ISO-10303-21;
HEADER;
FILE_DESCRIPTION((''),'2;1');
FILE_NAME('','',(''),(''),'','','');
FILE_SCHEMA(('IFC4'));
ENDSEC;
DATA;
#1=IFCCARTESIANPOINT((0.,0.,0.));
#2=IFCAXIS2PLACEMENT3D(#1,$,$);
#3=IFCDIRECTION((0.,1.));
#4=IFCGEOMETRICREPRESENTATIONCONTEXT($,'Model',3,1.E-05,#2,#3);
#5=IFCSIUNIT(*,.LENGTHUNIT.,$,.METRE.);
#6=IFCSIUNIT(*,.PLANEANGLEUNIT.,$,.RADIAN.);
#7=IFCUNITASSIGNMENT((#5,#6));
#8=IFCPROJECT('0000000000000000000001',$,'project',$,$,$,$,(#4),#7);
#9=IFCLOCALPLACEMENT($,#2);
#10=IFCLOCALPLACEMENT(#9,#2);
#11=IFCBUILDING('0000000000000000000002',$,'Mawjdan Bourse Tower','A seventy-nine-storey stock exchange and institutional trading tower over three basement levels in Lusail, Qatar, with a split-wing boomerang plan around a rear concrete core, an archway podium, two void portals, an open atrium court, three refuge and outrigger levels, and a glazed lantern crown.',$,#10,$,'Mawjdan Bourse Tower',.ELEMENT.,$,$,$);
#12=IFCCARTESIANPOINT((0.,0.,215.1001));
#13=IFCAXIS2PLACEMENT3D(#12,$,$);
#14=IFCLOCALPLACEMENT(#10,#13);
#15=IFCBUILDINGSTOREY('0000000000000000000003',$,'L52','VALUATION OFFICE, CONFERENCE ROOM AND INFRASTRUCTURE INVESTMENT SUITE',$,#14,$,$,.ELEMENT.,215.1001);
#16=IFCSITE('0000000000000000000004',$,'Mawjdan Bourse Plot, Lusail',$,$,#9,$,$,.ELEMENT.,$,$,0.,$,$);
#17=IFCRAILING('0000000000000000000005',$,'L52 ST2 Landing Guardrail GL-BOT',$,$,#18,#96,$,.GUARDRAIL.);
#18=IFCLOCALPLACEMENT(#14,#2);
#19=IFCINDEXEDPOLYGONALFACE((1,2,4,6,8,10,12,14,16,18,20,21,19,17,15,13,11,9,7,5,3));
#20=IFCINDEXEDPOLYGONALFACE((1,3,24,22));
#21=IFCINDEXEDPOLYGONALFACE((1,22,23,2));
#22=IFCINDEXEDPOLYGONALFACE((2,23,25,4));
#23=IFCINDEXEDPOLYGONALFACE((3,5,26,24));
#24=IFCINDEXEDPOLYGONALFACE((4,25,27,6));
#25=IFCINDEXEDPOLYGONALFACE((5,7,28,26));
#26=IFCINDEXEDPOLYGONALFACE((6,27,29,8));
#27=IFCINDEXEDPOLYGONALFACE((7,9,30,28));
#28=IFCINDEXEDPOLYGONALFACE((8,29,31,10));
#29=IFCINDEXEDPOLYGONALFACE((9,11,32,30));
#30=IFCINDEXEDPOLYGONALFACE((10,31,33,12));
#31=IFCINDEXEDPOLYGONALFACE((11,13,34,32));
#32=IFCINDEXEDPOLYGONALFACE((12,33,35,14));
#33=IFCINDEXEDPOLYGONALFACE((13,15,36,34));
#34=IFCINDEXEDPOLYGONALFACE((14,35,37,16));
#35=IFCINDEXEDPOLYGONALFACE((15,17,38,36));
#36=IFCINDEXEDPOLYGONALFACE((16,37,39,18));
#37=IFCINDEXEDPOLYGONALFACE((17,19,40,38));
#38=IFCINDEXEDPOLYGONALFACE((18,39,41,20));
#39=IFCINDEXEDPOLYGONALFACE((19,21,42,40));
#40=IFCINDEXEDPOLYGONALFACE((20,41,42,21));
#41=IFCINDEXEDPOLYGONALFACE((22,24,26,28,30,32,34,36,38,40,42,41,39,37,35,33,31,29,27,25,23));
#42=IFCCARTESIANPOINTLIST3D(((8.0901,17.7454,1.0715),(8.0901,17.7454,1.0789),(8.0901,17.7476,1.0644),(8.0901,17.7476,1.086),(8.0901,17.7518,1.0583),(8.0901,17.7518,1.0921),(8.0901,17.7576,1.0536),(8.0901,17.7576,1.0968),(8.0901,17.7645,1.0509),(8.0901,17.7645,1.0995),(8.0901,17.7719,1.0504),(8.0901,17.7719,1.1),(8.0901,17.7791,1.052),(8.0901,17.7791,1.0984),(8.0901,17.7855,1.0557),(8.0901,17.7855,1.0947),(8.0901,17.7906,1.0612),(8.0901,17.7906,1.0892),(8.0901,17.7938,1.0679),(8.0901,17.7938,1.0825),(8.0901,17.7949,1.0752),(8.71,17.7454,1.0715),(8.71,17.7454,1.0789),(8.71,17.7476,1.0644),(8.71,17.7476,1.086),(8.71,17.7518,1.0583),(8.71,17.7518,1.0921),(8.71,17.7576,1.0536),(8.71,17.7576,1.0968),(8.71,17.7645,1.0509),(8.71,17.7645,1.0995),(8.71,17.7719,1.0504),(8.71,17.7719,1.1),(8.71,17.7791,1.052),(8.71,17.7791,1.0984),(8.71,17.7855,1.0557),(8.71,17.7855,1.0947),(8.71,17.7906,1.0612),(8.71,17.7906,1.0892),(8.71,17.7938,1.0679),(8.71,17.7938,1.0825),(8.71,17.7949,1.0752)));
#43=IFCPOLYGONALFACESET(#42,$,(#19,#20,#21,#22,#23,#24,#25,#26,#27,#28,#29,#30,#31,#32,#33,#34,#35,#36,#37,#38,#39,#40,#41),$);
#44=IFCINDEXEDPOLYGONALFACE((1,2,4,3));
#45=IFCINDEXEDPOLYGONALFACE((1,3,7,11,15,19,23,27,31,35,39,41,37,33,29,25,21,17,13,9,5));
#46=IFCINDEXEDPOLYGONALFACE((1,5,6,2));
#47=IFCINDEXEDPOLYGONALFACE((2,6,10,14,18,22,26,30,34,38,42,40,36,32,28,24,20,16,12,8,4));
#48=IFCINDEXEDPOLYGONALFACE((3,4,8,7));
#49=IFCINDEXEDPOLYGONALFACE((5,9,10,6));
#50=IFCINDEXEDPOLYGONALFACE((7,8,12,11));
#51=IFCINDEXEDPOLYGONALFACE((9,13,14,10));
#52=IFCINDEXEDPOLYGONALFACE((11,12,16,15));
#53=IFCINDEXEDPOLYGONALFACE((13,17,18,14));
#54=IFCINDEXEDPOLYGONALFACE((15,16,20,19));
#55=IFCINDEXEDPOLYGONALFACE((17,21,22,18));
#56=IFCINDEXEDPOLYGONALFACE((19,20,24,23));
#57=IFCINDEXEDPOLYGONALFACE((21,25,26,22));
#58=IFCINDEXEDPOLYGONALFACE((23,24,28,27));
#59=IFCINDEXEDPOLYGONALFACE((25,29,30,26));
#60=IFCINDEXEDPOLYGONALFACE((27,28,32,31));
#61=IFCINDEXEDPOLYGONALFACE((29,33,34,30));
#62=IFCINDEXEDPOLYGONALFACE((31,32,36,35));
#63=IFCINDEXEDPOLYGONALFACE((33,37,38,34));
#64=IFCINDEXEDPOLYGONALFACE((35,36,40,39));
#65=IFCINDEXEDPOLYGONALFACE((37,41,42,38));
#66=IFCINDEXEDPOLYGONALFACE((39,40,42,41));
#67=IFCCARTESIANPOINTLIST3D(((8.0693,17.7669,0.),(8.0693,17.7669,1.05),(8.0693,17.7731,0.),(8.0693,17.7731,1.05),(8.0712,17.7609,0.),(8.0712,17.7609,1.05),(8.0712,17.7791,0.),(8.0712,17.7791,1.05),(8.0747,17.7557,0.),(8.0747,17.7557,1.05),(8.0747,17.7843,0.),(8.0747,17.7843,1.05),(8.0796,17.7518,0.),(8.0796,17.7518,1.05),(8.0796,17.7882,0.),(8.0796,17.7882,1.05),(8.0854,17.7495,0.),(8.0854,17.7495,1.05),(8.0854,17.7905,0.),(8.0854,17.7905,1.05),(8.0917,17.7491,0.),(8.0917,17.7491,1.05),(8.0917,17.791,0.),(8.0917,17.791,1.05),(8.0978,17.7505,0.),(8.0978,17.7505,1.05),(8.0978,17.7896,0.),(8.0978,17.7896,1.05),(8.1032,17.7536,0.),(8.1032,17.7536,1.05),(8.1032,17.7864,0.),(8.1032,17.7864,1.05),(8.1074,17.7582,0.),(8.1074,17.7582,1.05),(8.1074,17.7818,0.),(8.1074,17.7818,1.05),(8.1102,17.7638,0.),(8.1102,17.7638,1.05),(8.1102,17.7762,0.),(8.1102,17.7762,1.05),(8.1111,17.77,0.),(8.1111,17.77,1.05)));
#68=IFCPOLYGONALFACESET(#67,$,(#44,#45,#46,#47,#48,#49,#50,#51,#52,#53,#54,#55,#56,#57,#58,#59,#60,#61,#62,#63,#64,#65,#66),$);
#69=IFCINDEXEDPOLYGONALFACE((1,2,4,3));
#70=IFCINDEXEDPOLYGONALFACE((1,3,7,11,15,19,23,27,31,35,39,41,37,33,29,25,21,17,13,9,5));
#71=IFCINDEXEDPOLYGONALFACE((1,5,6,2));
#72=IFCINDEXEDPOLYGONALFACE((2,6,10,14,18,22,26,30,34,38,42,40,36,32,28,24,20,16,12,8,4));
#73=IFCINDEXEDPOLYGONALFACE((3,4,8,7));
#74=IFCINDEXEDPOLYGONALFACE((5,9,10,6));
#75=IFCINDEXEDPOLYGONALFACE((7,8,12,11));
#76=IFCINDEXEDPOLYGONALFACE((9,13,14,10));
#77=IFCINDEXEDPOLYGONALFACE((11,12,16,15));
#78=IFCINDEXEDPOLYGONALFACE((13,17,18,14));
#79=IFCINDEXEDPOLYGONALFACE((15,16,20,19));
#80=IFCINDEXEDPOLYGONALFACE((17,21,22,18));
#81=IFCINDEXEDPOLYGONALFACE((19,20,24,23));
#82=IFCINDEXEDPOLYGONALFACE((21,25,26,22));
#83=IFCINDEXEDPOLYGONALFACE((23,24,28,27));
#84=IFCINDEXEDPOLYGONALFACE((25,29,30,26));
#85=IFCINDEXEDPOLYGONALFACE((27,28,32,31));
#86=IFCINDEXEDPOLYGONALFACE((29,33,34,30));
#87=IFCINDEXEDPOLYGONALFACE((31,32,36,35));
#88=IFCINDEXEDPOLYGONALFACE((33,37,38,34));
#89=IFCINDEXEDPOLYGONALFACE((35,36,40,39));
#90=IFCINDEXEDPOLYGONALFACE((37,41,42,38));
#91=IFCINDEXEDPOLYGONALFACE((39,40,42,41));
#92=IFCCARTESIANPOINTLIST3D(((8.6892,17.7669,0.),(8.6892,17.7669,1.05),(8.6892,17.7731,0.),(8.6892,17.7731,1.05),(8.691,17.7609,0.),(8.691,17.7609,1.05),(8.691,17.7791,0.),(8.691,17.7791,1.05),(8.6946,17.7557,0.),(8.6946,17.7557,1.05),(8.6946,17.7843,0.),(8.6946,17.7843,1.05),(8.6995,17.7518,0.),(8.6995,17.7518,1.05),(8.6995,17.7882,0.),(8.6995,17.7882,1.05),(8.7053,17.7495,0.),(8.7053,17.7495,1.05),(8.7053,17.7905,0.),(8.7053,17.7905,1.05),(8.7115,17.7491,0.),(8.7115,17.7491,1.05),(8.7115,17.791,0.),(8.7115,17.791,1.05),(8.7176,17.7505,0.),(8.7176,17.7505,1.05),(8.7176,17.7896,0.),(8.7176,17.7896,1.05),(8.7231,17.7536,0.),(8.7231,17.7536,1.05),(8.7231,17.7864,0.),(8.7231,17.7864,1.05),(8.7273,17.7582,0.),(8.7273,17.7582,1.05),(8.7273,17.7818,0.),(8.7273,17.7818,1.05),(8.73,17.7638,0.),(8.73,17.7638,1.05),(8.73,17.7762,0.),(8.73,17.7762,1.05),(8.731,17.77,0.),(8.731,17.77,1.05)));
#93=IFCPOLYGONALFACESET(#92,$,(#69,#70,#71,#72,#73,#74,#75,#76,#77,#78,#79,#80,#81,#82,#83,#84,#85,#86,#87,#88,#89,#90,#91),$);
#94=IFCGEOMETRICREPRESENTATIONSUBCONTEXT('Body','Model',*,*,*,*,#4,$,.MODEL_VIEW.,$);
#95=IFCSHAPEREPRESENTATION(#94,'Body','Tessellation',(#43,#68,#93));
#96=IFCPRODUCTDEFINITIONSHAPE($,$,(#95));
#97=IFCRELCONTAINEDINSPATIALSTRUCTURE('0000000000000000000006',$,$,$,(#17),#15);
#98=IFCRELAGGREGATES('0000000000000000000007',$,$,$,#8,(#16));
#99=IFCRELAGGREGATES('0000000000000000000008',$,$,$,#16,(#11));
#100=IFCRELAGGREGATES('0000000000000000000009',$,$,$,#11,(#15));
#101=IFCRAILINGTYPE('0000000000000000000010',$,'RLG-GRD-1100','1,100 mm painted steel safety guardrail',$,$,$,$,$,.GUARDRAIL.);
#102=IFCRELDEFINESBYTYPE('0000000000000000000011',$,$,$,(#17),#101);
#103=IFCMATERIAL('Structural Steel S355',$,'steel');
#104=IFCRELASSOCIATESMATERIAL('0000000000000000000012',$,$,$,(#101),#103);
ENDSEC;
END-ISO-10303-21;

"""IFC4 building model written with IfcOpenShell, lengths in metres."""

from ifc_helpers import new_model, si_unit, direction, frame, origin, origin_2d, place, context, subcontext, project, spatial, circle, extrude, material, type_object, element, save


model = new_model("IFC4")

# Units and contexts
model_context = context("Model", 3, precision=1e-05, world=origin(), true_north=direction((0.0, 1.0)))
body_context = subcontext(model_context, "Body", "Model", "MODEL_VIEW")
ifc_project = project(units=[si_unit("LENGTHUNIT", "METRE"), si_unit("PLANEANGLEUNIT", "RADIAN")], contexts=[model_context])

# Site, building, storey
site_placement = place(None, origin())
site = spatial("IfcSite", under=ifc_project, at=site_placement, Name="Mawjdan Bourse Plot, Lusail", CompositionType="ELEMENT", RefElevation=0.0)
building_placement = place(site_placement, origin())
building = spatial("IfcBuilding", under=site, at=building_placement, Name="Mawjdan Bourse Tower", Description="A seventy-nine-storey stock exchange and institutional trading tower over three basement levels in Lusail, Qatar, with a split-wing boomerang plan around a rear concrete core, an archway podium, two void portals, an open atrium court, three refuge and outrigger levels, and a glazed lantern crown.", LongName="Mawjdan Bourse Tower", CompositionType="ELEMENT")
storey_placement = place(building_placement, frame((0.0, 0.0, 215.1001)))
storey = spatial("IfcBuildingStorey", under=building, at=storey_placement, Name="L52", Description="VALUATION OFFICE, CONFERENCE ROOM AND INFRASTRUCTURE INVESTMENT SUITE", CompositionType="ELEMENT", Elevation=215.1001)

# Railing
ifc_material_1 = material(Name="Structural Steel S355", Category="steel")
railing_type_1 = type_object("IfcRailingType", Name="RLG-GRD-1100", Description="1,100 mm painted steel safety guardrail", PredefinedType="GUARDRAIL", material=ifc_material_1)
for number, where, name in (
    (1, (8.0901, 17.77, 0.0), "L52 ST2 Landing Guardrail GL-BOT"),
):
    element("IfcRailing", number, at=place(storey_placement, frame(where)), inside=storey, type_object=railing_type_1, Name=name, PredefinedType="GUARDRAIL", context=body_context, shape_type="SweptSolid", body=[
        extrude(circle(Radius=0.0249, at=origin_2d()), frame((0.0, 0.0, 1.0752), z_axis=(1.0, 0.0, 0.0), x_axis=(0.0, 1.0, 0.0)), (0.0, 0.0, 1.0), 0.6199),
        extrude(circle(Radius=0.021, at=origin_2d()), origin(), (0.0, 0.0, 1.0), 1.05),
        extrude(circle(Radius=0.021, at=origin_2d()), frame((0.6199, 0.0, 0.0)), (0.0, 0.0, 1.0), 1.05),
    ])

save(model, "model.ifc")
